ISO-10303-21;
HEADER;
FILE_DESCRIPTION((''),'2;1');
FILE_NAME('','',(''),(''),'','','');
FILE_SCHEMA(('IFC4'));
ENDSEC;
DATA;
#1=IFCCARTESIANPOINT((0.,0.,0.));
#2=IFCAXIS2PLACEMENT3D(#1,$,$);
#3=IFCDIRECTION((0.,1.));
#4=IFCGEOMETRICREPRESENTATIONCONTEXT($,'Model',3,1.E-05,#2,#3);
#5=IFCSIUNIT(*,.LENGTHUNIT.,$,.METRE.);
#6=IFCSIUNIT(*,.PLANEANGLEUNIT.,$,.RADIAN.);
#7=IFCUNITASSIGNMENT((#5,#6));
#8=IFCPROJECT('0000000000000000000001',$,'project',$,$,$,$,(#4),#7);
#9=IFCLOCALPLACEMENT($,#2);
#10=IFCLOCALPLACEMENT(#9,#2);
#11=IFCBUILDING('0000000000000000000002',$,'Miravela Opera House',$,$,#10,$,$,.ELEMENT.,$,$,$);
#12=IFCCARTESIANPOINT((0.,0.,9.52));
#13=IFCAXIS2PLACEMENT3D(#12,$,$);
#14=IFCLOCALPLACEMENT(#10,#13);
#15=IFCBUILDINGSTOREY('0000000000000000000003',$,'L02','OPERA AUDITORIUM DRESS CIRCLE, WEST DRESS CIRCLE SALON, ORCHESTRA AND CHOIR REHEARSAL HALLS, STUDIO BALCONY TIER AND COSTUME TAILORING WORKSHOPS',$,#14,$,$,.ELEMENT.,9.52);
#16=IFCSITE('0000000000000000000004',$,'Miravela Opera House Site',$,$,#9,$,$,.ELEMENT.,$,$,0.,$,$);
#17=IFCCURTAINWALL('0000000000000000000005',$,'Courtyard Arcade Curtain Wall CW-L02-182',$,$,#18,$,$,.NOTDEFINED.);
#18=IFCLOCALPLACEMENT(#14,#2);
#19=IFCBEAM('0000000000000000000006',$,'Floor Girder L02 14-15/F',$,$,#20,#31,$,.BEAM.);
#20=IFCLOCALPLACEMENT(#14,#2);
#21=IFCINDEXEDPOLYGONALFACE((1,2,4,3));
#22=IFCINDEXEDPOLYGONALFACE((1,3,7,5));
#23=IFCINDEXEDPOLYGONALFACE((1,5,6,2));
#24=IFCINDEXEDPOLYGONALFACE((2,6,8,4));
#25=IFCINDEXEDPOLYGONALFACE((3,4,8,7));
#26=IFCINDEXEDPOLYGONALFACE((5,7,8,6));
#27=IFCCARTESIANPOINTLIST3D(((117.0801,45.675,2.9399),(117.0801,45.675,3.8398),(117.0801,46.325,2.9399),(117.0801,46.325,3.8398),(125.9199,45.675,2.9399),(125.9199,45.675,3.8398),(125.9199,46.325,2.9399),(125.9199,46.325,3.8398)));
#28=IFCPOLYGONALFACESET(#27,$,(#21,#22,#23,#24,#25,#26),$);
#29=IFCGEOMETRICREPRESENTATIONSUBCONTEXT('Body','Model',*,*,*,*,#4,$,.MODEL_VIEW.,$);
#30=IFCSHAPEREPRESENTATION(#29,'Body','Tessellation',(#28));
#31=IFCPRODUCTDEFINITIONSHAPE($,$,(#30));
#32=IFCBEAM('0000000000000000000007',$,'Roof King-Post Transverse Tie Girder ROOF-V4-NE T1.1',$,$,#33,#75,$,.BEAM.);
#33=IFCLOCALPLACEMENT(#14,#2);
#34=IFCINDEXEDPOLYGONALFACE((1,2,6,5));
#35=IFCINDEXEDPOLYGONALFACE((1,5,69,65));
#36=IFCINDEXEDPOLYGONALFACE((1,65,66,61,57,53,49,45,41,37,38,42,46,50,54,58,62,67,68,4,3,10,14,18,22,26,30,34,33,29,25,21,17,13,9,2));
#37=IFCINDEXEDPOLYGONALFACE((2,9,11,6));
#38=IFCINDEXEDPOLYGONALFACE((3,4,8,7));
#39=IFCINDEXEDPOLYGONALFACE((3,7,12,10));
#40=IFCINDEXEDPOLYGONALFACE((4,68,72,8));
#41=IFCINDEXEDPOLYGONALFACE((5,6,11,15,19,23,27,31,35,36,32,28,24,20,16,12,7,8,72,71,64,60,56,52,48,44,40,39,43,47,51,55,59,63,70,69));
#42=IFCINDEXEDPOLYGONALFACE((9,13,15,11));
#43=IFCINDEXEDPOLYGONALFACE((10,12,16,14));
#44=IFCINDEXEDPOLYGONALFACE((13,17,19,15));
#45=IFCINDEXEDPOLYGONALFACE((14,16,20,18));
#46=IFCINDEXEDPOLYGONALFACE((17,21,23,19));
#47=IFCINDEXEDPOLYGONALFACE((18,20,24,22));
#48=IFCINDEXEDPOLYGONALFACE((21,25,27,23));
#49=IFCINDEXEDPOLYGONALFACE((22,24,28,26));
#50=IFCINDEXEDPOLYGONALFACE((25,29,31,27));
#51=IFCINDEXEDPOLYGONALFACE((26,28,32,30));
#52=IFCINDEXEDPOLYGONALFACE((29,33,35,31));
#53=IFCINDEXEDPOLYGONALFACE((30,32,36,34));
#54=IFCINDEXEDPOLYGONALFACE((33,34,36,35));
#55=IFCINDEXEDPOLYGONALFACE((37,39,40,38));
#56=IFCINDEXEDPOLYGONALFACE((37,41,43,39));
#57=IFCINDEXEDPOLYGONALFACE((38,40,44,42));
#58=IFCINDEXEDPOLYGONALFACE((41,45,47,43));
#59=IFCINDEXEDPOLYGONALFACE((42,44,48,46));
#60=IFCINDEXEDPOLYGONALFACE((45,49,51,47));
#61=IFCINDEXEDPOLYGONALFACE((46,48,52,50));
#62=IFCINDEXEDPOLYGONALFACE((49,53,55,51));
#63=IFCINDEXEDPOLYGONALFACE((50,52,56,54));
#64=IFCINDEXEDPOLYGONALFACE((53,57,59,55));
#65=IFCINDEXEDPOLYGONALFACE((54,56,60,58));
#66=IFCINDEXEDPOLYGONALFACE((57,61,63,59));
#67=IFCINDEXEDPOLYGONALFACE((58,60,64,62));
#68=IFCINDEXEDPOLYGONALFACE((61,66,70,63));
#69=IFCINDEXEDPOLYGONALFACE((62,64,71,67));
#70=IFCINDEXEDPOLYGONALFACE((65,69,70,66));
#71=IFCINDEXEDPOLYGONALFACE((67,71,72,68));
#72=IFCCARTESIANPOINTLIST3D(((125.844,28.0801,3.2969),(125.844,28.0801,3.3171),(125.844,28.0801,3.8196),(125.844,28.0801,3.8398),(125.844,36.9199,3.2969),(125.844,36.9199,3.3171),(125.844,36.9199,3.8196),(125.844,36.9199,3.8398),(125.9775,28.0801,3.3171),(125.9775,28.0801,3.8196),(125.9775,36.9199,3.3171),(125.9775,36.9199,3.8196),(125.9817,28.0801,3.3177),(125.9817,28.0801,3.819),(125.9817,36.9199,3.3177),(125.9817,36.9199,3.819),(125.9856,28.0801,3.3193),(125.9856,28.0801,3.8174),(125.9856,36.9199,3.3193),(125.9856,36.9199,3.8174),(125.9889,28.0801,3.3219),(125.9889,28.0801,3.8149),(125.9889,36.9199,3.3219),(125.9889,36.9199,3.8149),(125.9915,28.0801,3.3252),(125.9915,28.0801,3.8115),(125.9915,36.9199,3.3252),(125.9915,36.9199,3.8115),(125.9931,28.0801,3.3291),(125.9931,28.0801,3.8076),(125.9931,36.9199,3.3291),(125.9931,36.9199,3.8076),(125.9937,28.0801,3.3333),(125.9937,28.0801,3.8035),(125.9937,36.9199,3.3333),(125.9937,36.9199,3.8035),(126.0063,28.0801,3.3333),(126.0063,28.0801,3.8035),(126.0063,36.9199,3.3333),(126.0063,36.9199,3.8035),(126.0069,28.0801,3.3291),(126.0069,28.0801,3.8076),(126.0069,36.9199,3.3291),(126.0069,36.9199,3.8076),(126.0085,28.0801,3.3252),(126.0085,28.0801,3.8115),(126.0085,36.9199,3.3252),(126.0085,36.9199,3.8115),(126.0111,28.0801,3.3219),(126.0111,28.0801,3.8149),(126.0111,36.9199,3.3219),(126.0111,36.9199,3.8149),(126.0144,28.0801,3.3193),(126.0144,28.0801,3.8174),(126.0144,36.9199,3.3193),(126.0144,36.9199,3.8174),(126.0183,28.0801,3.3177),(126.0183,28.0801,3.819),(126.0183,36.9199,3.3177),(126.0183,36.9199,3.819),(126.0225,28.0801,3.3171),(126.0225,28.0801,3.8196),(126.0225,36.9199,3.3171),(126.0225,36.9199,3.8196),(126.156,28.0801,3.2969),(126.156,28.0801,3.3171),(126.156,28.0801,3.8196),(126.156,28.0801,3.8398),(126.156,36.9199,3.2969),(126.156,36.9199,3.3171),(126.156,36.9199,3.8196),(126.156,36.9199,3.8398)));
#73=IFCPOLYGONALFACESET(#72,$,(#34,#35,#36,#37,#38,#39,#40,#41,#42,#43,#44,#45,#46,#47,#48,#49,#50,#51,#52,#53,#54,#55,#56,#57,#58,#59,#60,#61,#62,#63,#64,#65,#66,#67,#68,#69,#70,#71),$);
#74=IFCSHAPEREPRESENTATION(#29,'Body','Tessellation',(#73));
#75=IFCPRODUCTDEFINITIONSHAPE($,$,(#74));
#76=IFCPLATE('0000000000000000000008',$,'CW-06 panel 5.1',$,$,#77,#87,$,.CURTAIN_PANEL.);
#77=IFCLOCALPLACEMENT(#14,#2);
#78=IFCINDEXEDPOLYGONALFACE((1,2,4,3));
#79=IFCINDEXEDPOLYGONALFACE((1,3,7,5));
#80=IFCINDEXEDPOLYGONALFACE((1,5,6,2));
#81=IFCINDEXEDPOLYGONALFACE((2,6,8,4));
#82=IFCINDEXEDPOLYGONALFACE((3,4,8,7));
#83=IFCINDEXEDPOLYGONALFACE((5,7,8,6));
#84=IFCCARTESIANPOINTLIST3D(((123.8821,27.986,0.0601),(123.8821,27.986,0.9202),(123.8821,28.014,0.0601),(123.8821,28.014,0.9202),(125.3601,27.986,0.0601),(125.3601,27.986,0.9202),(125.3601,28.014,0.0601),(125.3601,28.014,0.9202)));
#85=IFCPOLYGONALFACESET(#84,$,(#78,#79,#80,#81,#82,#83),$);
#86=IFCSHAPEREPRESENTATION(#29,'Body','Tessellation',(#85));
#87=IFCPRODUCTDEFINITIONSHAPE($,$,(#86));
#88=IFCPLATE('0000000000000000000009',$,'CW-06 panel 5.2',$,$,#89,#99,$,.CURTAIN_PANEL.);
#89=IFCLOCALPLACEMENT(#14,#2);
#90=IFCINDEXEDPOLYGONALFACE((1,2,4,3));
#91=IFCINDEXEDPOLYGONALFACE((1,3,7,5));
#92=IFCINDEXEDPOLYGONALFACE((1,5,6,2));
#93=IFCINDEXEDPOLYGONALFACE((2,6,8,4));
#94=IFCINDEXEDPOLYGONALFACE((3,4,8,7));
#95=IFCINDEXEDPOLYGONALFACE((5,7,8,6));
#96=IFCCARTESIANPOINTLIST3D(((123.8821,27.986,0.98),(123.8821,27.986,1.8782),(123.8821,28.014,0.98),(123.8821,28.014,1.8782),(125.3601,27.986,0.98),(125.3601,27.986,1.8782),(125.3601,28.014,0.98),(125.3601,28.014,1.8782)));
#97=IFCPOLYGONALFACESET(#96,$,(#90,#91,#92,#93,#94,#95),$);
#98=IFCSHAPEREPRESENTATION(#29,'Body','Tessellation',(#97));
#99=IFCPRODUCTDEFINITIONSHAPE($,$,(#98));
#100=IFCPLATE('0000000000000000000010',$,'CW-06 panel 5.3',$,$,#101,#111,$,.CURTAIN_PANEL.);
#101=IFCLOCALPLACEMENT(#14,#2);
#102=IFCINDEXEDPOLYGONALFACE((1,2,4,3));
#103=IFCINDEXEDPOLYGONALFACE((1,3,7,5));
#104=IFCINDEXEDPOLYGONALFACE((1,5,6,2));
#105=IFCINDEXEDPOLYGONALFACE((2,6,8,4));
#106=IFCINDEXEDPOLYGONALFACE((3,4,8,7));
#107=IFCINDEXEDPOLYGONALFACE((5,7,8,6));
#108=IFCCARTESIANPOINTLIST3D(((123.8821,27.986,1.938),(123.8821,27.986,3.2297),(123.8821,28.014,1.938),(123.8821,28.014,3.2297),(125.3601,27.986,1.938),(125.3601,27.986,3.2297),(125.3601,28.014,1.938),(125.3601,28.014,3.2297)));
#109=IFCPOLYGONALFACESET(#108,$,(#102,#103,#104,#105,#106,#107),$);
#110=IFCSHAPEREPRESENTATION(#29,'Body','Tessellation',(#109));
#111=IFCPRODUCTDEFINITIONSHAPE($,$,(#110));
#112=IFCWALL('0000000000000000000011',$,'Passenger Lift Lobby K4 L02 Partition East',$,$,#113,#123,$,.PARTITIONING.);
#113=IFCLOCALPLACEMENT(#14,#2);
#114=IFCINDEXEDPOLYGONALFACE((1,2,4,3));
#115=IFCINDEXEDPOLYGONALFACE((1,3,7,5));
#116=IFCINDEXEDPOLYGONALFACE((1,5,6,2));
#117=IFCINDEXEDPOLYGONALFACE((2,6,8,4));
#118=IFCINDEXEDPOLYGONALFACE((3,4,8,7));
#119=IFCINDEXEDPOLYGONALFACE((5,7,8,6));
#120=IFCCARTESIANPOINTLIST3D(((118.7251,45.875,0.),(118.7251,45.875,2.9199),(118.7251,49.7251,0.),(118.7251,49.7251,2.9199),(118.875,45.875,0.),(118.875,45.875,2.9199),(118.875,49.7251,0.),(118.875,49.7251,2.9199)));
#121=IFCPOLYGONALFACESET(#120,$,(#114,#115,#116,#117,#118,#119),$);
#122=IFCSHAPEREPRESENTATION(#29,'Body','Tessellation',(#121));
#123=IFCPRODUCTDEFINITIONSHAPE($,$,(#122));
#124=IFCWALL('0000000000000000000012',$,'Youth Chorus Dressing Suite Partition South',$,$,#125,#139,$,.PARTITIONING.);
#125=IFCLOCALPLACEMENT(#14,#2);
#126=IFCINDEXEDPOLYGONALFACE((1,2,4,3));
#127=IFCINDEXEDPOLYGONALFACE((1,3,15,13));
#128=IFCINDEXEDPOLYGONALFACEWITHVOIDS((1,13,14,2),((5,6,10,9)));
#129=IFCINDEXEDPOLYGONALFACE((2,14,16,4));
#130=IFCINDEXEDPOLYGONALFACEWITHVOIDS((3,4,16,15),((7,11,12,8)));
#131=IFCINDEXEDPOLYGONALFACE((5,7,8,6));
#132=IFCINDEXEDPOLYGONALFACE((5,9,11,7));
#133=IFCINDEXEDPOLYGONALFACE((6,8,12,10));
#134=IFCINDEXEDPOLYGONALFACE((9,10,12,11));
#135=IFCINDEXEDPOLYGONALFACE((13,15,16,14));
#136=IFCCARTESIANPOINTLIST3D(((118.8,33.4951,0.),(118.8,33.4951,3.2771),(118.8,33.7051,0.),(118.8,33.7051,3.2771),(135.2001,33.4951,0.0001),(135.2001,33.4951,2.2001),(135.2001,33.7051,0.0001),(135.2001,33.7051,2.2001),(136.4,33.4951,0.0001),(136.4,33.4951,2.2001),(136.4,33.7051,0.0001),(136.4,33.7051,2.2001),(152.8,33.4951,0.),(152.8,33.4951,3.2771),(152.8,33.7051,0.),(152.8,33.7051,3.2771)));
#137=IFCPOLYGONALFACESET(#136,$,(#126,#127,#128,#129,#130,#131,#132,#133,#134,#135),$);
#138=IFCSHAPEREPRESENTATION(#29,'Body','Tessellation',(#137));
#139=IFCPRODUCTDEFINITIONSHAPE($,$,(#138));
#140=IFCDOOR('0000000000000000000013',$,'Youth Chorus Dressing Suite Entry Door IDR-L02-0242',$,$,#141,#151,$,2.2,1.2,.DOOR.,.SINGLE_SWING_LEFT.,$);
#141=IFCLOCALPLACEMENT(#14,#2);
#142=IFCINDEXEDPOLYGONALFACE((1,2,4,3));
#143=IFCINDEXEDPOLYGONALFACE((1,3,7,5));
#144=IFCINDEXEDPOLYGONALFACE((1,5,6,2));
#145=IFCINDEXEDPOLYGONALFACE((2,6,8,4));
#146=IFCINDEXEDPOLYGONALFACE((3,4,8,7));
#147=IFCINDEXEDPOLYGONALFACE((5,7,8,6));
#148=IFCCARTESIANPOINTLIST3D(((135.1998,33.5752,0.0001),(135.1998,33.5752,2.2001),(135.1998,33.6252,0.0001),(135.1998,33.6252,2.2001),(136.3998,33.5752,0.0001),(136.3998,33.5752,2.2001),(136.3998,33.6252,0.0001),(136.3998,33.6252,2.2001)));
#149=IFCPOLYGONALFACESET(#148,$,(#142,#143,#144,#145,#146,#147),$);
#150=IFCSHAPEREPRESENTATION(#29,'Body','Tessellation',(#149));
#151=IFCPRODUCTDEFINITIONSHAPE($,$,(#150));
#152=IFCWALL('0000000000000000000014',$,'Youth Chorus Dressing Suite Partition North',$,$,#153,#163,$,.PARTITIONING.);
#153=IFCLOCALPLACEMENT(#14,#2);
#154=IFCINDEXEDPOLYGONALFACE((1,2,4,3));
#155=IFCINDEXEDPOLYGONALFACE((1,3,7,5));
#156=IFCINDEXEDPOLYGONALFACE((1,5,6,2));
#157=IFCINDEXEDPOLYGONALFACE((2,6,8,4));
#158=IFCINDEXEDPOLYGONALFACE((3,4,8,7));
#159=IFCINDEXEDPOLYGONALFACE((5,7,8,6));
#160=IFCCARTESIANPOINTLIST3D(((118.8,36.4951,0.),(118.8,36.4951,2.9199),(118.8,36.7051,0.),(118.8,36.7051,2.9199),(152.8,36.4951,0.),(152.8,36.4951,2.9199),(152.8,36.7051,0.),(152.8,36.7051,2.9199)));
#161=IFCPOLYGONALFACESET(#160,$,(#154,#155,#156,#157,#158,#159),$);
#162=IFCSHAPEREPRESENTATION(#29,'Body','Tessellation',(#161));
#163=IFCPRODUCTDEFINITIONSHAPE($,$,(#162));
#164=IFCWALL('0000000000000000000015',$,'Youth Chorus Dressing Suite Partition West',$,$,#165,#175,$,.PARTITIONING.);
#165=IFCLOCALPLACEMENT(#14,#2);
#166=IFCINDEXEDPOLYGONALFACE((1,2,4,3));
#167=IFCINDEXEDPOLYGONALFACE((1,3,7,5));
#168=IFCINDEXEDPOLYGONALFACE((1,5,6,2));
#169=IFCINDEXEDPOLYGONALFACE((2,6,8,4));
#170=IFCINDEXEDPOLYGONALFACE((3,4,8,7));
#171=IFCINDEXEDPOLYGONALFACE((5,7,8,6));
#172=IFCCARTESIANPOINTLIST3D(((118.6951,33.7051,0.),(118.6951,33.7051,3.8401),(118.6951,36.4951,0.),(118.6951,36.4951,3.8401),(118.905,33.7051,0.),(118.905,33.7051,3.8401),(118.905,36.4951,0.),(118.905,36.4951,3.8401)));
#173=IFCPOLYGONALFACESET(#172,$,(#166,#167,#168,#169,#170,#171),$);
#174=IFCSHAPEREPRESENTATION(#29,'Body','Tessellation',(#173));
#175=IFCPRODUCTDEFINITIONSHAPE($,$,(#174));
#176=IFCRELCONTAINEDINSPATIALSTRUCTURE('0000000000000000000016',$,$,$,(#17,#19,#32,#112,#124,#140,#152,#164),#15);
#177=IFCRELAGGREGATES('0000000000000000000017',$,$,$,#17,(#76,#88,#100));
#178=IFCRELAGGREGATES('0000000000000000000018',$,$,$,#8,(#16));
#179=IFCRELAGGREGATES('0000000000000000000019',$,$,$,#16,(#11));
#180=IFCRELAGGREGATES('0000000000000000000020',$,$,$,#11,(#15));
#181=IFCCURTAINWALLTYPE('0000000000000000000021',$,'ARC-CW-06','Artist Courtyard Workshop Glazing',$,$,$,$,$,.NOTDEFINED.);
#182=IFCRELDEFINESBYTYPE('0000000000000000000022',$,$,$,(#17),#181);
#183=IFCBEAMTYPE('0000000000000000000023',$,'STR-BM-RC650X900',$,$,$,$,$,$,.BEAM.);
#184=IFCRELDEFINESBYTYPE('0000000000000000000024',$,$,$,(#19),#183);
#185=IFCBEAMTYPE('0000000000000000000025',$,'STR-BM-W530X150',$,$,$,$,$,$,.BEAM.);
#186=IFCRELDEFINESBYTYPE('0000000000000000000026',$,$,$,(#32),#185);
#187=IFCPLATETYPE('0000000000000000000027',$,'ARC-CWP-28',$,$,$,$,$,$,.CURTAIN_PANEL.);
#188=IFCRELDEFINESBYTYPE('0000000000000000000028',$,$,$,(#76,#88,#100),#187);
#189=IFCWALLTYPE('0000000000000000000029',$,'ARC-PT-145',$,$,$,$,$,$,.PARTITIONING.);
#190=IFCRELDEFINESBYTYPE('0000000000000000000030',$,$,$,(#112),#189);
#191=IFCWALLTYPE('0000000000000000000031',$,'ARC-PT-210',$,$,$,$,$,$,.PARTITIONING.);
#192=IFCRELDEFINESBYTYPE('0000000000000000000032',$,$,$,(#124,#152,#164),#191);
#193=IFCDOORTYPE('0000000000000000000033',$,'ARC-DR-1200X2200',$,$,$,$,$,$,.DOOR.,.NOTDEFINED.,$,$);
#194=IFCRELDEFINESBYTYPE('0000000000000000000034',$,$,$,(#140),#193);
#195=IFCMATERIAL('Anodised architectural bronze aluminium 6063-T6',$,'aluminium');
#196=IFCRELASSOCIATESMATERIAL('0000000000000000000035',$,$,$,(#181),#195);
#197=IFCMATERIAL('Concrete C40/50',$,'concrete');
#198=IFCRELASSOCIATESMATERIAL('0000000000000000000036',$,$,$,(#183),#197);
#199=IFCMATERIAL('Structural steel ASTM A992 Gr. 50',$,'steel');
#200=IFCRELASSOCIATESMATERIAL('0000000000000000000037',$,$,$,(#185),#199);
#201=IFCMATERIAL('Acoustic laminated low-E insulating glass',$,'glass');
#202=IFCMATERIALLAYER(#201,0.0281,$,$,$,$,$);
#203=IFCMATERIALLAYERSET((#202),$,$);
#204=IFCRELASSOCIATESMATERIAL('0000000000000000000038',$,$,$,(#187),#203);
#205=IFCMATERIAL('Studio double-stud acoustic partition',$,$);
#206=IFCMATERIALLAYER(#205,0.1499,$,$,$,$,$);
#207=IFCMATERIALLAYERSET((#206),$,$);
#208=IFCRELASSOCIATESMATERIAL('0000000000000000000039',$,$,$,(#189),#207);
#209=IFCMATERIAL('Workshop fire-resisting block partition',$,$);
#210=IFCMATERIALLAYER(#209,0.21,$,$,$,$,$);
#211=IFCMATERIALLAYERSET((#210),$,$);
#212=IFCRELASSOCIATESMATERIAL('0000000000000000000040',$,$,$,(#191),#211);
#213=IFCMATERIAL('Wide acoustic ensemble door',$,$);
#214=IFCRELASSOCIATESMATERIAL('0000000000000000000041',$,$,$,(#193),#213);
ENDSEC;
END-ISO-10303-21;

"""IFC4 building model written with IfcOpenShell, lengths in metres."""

from ifc_helpers import new_model, si_unit, direction, frame, frame_2d, origin, origin_2d, place, context, subcontext, project, spatial, rectangle, i_section, extrude, material, layer, layer_set, material_profile, profile_set, type_object, element, fill, aggregate, save


model = new_model("IFC4")

# Units and contexts
model_context = context("Model", 3, precision=1e-05, world=origin(), true_north=direction((0.0, 1.0)))
body_context = subcontext(model_context, "Body", "Model", "MODEL_VIEW")
ifc_project = project(units=[si_unit("LENGTHUNIT", "METRE"), si_unit("PLANEANGLEUNIT", "RADIAN")], contexts=[model_context])

# Site, building, storey
site_placement = place(None, origin())
site = spatial("IfcSite", under=ifc_project, at=site_placement, Name="Miravela Opera House Site", CompositionType="ELEMENT", RefElevation=0.0)
building_placement = place(site_placement, origin())
building = spatial("IfcBuilding", under=site, at=building_placement, Name="Miravela Opera House", CompositionType="ELEMENT")
storey_placement = place(building_placement, frame((0.0, 0.0, 9.52)))
storey = spatial("IfcBuildingStorey", under=building, at=storey_placement, Name="L02", Description="OPERA AUDITORIUM DRESS CIRCLE, WEST DRESS CIRCLE SALON, ORCHESTRA AND CHOIR REHEARSAL HALLS, STUDIO BALCONY TIER AND COSTUME TAILORING WORKSHOPS", CompositionType="ELEMENT", Elevation=9.52)

# Curtain wall
ifc_material_1 = material(Name="Anodised architectural bronze aluminium 6063-T6", Category="aluminium")
curtain_wall_type = type_object("IfcCurtainWallType", Name="ARC-CW-06", Description="Artist Courtyard Workshop Glazing", PredefinedType="NOTDEFINED", material=ifc_material_1)
curtain_wall_placement = place(storey_placement, origin())
curtain_wall = element("IfcCurtainWall", 1, at=curtain_wall_placement, inside=storey, type_object=curtain_wall_type, Name="Courtyard Arcade Curtain Wall CW-L02-182", PredefinedType="NOTDEFINED")

# Beams
ifc_material_2 = material(Name="Concrete C40/50", Category="concrete")
ifc_material_profile_1 = material_profile(ifc_material_2, rectangle(XDim=0.6499, YDim=0.8999, at=origin_2d()), Name="RC-BM-650X900")
ifc_profile_set_1 = profile_set([ifc_material_profile_1])
beam_type_1 = type_object("IfcBeamType", Name="STR-BM-RC650X900", PredefinedType="BEAM", material=ifc_profile_set_1)
beam_1_placement = place(storey_placement, frame((117.0801, 46.0, 3.3899), z_axis=(1.0, 0.0, 0.0), x_axis=(0.0, 1.0, 0.0)))
element("IfcBeam", 2, at=beam_1_placement, inside=storey, type_object=beam_type_1, Name="Floor Girder L02 14-15/F", PredefinedType="BEAM", context=body_context, shape_type="SweptSolid", body=[
    extrude(rectangle(XDim=0.6499, YDim=0.8999, at=origin_2d()), origin(), (0.0, 0.0, 1.0), 8.8398),
])
ifc_material_3 = material(Name="Structural steel ASTM A992 Gr. 50", Category="steel")
ifc_material_profile_2 = material_profile(ifc_material_3, i_section(OverallWidth=0.312, OverallDepth=0.543, WebThickness=0.0127, FlangeThickness=0.0203, FilletRadius=0.0161, at=origin_2d()), Name="W530X150")
ifc_profile_set_2 = profile_set([ifc_material_profile_2])
beam_type_2 = type_object("IfcBeamType", Name="STR-BM-W530X150", PredefinedType="BEAM", material=ifc_profile_set_2)
beam_2_placement = place(storey_placement, frame((126.0, 28.0801, 3.5684), z_axis=(0.0, 1.0, 0.0), x_axis=(-1.0, 0.0, 0.0)))
element("IfcBeam", 3, at=beam_2_placement, inside=storey, type_object=beam_type_2, Name="Roof King-Post Transverse Tie Girder ROOF-V4-NE T1.1", PredefinedType="BEAM", context=body_context, shape_type="SweptSolid", body=[
    extrude(i_section(OverallWidth=0.312, OverallDepth=0.543, WebThickness=0.0127, FlangeThickness=0.0203, FilletRadius=0.0161, at=origin_2d()), origin(), (0.0, 0.0, 1.0), 8.8398),
])

# Plates
ifc_material_4 = material(Name="Acoustic laminated low-E insulating glass", Category="glass")
ifc_layer_1 = layer(ifc_material_4, 0.0281)
ifc_layer_set_1 = layer_set([ifc_layer_1])
plate_type = type_object("IfcPlateType", Name="ARC-CWP-28", PredefinedType="CURTAIN_PANEL", material=ifc_layer_set_1)
plate_1_placement = place(storey_placement, frame((124.6211, 28.0, 0.0601), z_axis=(0.0, 0.0, 1.0), x_axis=(1.0, 0.0, 0.0)))
plate_1 = element("IfcPlate", 4, at=plate_1_placement, type_object=plate_type, Name="CW-06 panel 5.1", PredefinedType="CURTAIN_PANEL", context=body_context, shape_type="SweptSolid", body=[
    extrude(rectangle(XDim=1.478, YDim=0.0281, at=origin_2d()), origin(), (0.0, 0.0, 1.0), 0.8601),
])
plate_2_placement = place(storey_placement, frame((124.6211, 28.0, 0.98), z_axis=(0.0, 0.0, 1.0), x_axis=(1.0, 0.0, 0.0)))
plate_2 = element("IfcPlate", 5, at=plate_2_placement, type_object=plate_type, Name="CW-06 panel 5.2", PredefinedType="CURTAIN_PANEL", context=body_context, shape_type="SweptSolid", body=[
    extrude(rectangle(XDim=1.478, YDim=0.0281, at=origin_2d()), origin(), (0.0, 0.0, 1.0), 0.8982),
])
plate_3_placement = place(storey_placement, frame((124.6211, 28.0, 1.938), z_axis=(0.0, 0.0, 1.0), x_axis=(1.0, 0.0, 0.0)))
plate_3 = element("IfcPlate", 6, at=plate_3_placement, type_object=plate_type, Name="CW-06 panel 5.3", PredefinedType="CURTAIN_PANEL", context=body_context, shape_type="SweptSolid", body=[
    extrude(rectangle(XDim=1.478, YDim=0.0281, at=origin_2d()), origin(), (0.0, 0.0, 1.0), 1.2917),
])
aggregate(curtain_wall, [plate_1, plate_2, plate_3])

# Wall
ifc_material_5 = material(Name="Studio double-stud acoustic partition")
ifc_layer_2 = layer(ifc_material_5, 0.1499)
ifc_layer_set_2 = layer_set([ifc_layer_2])
wall_type_1 = type_object("IfcWallType", Name="ARC-PT-145", PredefinedType="PARTITIONING", material=ifc_layer_set_2)
wall_1_placement = place(storey_placement, frame((118.8, 45.875, 0.0), z_axis=(0.0, 0.0, 1.0), x_axis=(0.0, 1.0, 0.0)))
element("IfcWall", 7, at=wall_1_placement, inside=storey, type_object=wall_type_1, Name="Passenger Lift Lobby K4 L02 Partition East", PredefinedType="PARTITIONING", context=body_context, shape_type="SweptSolid", body=[
    extrude(rectangle(XDim=3.8501, YDim=0.1499, at=frame_2d((1.925, 0.0))), origin(), (0.0, 0.0, 1.0), 2.9199),
])

# Wall, opening, door
ifc_material_6 = material(Name="Workshop fire-resisting block partition")
ifc_layer_3 = layer(ifc_material_6, 0.21)
ifc_layer_set_3 = layer_set([ifc_layer_3])
wall_type_2 = type_object("IfcWallType", Name="ARC-PT-210", PredefinedType="PARTITIONING", material=ifc_layer_set_3)
wall_2_placement = place(storey_placement, frame((118.8, 33.6001, 0.0), z_axis=(0.0, 0.0, 1.0), x_axis=(1.0, 0.0, 0.0)))
wall_2 = element("IfcWall", 8, at=wall_2_placement, inside=storey, type_object=wall_type_2, Name="Youth Chorus Dressing Suite Partition South", PredefinedType="PARTITIONING", context=body_context, shape_type="SweptSolid", body=[
    extrude(rectangle(XDim=34.0, YDim=0.21, at=frame_2d((17.0, 0.0))), origin(), (0.0, 0.0, 1.0), 3.2771),
])
opening_placement = place(wall_2_placement, frame((16.3999, 0.0, 0.0)))
opening = element("IfcOpeningElement", 9, at=opening_placement, cuts=wall_2, PredefinedType="OPENING", context=body_context, shape_type="SweptSolid", body=[
    extrude(rectangle(XDim=1.2, YDim=2.2, at=frame_2d((0.6001, 1.1001))), frame((0.0, 0.115, 0.0), z_axis=(0.0, -1.0, 0.0), x_axis=(1.0, 0.0, 0.0)), (0.0, 0.0, 1.0), 0.23),
])
ifc_material_7 = material(Name="Wide acoustic ensemble door")
door_type = type_object("IfcDoorType", Name="ARC-DR-1200X2200", OperationType="NOTDEFINED", PredefinedType="DOOR", material=ifc_material_7)
door_placement = place(opening_placement, frame((1.2, 0.0, 0.0), z_axis=(0.0, 0.0, 1.0), x_axis=(-1.0, 0.0, 0.0)))
door = element("IfcDoor", 10, at=door_placement, inside=storey, type_object=door_type, Name="Youth Chorus Dressing Suite Entry Door IDR-L02-0242", OperationType="SINGLE_SWING_LEFT", OverallHeight=2.2, OverallWidth=1.2, PredefinedType="DOOR", context=body_context, shape_type="SweptSolid", body=[
    extrude(rectangle(XDim=1.2, YDim=2.2, at=frame_2d((0.6001, 1.1001))), frame((0.0, 0.0249, 0.0), z_axis=(0.0, -1.0, 0.0), x_axis=(1.0, 0.0, 0.0)), (0.0, 0.0, 1.0), 0.05),
])
fill(opening, door)

# Walls
wall_3_placement = place(storey_placement, frame((118.8, 36.6001, 0.0), z_axis=(0.0, 0.0, 1.0), x_axis=(1.0, 0.0, 0.0)))
element("IfcWall", 11, at=wall_3_placement, inside=storey, type_object=wall_type_2, Name="Youth Chorus Dressing Suite Partition North", PredefinedType="PARTITIONING", context=body_context, shape_type="SweptSolid", body=[
    extrude(rectangle(XDim=34.0, YDim=0.21, at=frame_2d((17.0, 0.0))), origin(), (0.0, 0.0, 1.0), 2.9199),
])
wall_4_placement = place(storey_placement, frame((118.8, 33.7051, 0.0), z_axis=(0.0, 0.0, 1.0), x_axis=(0.0, 1.0, 0.0)))
element("IfcWall", 12, at=wall_4_placement, inside=storey, type_object=wall_type_2, Name="Youth Chorus Dressing Suite Partition West", PredefinedType="PARTITIONING", context=body_context, shape_type="SweptSolid", body=[
    extrude(rectangle(XDim=2.79, YDim=0.21, at=frame_2d((1.395, 0.0))), origin(), (0.0, 0.0, 1.0), 3.8401),
])

save(model, "model.ifc")
